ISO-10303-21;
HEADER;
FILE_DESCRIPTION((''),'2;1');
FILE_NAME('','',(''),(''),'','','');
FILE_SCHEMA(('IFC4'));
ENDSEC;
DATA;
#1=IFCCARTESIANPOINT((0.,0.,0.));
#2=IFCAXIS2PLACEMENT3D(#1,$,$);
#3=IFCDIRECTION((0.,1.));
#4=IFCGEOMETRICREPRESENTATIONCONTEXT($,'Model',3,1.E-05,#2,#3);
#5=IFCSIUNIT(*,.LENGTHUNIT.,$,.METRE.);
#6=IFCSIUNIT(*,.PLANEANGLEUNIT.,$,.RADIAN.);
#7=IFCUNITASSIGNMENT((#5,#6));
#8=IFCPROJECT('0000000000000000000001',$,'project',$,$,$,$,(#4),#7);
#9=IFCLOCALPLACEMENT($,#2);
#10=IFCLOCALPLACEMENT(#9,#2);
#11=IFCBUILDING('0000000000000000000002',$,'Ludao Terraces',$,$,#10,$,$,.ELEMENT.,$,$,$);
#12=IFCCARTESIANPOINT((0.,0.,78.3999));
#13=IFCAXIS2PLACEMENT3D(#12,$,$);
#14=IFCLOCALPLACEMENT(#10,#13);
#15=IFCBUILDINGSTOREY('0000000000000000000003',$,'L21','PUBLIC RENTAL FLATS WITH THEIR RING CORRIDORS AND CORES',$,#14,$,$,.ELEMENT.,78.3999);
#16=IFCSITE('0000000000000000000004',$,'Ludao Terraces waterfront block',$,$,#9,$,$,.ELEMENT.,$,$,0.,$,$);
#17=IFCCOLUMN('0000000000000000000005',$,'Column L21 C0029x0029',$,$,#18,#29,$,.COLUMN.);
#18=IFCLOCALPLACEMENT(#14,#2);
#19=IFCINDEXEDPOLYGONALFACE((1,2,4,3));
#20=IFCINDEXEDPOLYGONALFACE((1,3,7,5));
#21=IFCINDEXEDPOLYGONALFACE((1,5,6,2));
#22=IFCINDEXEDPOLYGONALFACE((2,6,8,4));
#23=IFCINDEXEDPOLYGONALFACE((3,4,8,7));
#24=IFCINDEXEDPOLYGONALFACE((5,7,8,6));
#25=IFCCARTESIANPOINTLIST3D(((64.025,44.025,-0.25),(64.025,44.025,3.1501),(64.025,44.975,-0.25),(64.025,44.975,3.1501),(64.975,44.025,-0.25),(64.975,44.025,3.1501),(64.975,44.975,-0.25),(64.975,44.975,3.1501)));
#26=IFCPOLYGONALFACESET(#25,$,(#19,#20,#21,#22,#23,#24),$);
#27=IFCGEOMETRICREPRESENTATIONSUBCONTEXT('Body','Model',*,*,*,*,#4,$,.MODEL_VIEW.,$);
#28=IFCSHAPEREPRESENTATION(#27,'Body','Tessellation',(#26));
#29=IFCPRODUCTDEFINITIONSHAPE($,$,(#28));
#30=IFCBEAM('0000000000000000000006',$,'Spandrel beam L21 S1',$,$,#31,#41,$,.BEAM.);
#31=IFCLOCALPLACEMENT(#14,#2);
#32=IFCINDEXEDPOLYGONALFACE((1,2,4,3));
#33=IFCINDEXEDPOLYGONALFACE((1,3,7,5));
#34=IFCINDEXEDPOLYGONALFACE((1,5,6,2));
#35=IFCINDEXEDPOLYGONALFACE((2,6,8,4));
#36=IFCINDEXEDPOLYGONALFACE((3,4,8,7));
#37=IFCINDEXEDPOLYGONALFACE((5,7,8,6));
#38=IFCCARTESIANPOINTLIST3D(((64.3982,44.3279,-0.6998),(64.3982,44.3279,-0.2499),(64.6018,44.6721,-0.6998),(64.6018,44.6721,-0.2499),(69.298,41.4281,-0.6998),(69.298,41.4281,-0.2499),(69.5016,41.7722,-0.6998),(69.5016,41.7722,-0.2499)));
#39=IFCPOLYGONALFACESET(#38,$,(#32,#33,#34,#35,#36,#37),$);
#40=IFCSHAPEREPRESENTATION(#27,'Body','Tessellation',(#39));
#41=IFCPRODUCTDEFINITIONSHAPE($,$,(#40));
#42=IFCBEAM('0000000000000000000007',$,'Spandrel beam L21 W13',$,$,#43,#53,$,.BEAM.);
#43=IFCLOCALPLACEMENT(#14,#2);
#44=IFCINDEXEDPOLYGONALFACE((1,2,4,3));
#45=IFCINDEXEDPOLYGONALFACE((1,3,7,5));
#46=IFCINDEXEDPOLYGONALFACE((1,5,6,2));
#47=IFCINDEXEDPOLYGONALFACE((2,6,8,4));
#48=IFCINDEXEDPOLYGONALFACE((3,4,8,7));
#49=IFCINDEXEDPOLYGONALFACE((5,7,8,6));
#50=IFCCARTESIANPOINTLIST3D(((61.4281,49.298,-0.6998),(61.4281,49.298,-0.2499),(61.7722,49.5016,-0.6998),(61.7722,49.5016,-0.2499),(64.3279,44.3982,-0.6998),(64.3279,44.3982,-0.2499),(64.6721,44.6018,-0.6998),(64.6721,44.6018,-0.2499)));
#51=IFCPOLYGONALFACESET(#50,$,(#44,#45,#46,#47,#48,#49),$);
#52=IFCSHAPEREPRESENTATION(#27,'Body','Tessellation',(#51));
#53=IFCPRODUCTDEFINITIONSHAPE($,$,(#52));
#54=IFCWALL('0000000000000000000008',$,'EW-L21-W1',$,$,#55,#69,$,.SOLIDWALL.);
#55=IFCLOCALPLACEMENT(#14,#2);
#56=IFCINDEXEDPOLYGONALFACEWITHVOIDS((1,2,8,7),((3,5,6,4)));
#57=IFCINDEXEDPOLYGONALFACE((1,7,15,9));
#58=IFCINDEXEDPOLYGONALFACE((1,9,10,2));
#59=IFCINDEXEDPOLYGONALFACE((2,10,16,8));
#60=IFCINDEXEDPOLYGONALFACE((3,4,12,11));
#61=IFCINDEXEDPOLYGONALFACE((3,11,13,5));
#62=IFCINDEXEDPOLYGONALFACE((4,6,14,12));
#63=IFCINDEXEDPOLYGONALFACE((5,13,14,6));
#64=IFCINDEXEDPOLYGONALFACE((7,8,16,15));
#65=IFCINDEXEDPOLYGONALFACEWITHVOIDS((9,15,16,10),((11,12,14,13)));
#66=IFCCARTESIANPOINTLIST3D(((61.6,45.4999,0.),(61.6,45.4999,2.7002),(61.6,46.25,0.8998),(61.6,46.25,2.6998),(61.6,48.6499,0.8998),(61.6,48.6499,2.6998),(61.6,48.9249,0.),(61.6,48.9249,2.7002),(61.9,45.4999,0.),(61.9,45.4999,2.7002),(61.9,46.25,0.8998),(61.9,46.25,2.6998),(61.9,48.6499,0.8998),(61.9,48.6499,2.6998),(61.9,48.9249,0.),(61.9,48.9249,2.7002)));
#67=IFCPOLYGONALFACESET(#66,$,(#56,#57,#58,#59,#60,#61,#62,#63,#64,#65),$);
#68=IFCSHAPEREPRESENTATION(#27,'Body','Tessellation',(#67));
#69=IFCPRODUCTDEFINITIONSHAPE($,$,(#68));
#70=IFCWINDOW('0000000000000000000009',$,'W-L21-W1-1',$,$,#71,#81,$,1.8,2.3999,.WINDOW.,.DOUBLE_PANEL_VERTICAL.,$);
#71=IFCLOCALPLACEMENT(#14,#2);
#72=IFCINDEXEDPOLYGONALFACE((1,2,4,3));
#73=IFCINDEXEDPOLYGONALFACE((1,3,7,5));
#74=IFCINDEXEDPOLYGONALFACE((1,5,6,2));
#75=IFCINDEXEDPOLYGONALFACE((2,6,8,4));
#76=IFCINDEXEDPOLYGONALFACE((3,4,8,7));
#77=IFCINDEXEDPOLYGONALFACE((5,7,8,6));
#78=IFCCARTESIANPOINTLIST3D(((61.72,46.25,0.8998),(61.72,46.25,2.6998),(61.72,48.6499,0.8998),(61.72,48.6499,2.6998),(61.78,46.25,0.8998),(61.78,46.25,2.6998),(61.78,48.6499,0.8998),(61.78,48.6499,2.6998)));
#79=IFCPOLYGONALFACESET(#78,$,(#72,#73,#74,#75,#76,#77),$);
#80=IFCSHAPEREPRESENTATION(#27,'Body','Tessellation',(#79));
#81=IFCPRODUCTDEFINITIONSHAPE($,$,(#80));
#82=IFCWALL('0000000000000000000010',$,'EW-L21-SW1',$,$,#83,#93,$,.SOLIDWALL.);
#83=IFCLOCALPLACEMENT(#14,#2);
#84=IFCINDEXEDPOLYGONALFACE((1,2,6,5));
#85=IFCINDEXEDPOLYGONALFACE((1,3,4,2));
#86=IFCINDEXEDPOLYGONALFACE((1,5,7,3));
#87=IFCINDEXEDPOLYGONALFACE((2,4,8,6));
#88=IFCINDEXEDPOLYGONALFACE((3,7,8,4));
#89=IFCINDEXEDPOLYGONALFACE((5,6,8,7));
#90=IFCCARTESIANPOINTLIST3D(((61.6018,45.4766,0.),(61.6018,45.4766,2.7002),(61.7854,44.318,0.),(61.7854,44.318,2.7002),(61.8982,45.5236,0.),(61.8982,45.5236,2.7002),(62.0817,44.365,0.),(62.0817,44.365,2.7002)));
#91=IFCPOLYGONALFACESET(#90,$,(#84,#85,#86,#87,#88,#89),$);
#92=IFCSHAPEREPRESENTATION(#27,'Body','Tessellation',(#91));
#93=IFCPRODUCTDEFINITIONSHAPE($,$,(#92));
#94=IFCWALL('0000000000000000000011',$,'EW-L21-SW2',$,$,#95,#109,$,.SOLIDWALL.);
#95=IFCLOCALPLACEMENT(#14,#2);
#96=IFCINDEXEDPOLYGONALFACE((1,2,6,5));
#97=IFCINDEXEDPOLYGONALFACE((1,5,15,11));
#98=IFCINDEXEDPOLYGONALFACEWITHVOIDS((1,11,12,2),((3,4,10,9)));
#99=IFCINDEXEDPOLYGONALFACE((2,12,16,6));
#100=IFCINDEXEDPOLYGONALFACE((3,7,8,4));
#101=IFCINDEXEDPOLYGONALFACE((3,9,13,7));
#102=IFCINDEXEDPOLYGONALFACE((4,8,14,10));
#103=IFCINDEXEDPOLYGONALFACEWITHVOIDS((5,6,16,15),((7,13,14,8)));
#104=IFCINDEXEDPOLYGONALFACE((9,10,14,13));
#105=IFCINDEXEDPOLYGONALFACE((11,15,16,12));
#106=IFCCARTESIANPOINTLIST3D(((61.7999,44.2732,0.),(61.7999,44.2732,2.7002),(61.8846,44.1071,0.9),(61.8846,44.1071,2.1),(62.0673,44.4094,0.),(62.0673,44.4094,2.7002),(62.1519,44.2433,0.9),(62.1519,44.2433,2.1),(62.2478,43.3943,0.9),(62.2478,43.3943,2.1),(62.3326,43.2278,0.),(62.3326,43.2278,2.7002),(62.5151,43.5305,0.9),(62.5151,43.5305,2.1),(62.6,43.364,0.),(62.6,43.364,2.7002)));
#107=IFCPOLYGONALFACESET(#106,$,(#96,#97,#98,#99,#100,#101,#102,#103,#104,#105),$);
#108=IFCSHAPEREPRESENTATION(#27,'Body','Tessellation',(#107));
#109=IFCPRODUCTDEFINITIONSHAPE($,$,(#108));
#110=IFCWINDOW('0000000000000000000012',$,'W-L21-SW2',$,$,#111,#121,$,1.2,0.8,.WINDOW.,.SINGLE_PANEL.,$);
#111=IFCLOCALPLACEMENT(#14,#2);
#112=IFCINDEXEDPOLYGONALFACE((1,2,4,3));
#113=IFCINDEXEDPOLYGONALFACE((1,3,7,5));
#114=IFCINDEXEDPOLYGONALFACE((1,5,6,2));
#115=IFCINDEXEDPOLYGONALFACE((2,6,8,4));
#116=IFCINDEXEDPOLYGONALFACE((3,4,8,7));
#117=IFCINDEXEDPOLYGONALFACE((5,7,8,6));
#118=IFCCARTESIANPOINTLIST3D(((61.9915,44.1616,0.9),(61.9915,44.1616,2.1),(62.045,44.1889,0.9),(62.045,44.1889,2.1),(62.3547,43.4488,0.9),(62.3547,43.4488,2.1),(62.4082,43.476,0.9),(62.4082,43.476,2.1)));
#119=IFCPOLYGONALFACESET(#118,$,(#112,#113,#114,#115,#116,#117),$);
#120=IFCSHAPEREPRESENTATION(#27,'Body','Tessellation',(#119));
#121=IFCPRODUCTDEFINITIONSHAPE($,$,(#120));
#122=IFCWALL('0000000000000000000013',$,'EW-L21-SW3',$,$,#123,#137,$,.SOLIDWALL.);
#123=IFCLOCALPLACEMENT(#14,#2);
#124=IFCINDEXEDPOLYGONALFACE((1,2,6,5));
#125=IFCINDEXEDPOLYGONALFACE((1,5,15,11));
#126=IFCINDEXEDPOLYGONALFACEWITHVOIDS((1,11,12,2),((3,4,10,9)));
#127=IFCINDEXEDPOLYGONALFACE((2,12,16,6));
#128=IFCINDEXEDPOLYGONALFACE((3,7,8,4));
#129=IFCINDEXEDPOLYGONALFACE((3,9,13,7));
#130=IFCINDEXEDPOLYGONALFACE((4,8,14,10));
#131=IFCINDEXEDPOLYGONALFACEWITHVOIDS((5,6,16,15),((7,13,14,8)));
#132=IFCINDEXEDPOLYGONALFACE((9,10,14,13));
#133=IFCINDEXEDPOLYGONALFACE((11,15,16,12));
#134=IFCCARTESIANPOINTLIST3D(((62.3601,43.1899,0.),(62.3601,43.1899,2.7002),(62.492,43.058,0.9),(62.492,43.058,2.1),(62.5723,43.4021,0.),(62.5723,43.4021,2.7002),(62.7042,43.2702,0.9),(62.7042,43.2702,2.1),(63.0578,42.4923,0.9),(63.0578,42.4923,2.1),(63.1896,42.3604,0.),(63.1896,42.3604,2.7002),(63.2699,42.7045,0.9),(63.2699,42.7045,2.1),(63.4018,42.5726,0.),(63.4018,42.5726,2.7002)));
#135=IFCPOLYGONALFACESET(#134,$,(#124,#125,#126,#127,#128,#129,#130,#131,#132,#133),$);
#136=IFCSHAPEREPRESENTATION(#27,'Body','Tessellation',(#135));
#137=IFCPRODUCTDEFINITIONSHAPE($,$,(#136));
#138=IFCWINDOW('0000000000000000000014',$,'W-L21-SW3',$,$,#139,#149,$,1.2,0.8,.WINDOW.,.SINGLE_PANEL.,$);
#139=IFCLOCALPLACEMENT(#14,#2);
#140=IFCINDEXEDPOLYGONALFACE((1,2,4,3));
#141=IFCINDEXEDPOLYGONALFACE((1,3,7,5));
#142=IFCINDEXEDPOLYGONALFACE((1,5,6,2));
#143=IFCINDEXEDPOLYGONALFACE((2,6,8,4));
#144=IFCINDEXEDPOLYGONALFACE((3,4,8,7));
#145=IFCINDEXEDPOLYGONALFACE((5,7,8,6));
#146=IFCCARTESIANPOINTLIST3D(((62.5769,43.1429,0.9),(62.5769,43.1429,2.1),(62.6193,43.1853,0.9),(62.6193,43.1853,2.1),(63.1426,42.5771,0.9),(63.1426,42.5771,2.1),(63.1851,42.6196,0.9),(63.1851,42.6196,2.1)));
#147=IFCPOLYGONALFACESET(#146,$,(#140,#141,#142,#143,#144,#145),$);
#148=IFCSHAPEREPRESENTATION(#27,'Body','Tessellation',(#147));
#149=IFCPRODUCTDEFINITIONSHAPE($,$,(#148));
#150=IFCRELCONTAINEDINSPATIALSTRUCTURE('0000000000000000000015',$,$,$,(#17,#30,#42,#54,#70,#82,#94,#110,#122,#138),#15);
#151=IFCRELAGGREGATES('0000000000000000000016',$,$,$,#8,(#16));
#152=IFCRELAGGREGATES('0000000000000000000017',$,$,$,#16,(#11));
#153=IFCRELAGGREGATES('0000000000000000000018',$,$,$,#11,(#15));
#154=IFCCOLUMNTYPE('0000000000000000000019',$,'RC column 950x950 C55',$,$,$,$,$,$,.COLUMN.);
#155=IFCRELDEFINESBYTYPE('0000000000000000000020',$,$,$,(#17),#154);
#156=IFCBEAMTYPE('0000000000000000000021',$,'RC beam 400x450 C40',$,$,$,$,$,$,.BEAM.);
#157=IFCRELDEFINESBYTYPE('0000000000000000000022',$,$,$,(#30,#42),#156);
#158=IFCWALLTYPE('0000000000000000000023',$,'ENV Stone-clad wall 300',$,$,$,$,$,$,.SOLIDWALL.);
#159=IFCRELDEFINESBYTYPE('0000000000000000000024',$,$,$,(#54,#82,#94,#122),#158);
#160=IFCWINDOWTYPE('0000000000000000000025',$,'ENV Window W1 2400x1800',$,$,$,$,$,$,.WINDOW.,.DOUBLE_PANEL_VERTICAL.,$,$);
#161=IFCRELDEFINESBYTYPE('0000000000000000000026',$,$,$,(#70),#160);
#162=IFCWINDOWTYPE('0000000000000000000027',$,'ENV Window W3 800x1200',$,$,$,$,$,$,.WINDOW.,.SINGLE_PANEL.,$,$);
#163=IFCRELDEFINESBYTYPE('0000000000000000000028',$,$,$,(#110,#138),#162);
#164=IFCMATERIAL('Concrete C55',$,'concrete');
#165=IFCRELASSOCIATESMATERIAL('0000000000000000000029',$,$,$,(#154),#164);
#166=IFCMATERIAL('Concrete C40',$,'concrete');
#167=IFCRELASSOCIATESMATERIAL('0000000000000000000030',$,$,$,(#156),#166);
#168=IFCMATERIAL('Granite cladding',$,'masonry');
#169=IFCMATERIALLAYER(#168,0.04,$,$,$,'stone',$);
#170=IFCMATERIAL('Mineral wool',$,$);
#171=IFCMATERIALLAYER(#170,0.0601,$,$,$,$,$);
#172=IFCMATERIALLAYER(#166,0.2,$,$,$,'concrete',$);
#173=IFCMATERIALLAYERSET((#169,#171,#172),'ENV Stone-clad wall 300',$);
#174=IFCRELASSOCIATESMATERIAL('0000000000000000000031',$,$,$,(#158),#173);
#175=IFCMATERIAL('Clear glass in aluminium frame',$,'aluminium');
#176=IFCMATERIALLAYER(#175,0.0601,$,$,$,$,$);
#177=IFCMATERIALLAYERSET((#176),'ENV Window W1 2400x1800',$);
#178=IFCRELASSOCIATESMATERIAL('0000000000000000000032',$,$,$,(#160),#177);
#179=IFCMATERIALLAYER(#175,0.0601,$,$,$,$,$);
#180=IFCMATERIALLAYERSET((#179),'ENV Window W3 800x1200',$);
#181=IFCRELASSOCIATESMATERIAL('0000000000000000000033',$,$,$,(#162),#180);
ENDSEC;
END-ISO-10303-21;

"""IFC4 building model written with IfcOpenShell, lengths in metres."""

from ifc_helpers import new_model, si_unit, direction, frame, frame_2d, origin, origin_2d, place, context, subcontext, project, spatial, rectangle, extrude, material, layer, layer_set, material_profile, profile_set, type_object, element, fill, save


model = new_model("IFC4")

# Units and contexts
model_context = context("Model", 3, precision=1e-05, world=origin(), true_north=direction((0.0, 1.0)))
body_context = subcontext(model_context, "Body", "Model", "MODEL_VIEW")
ifc_project = project(units=[si_unit("LENGTHUNIT", "METRE"), si_unit("PLANEANGLEUNIT", "RADIAN")], contexts=[model_context])

# Site, building, storey
site_placement = place(None, origin())
site = spatial("IfcSite", under=ifc_project, at=site_placement, Name="Ludao Terraces waterfront block", CompositionType="ELEMENT", RefElevation=0.0)
building_placement = place(site_placement, origin())
building = spatial("IfcBuilding", under=site, at=building_placement, Name="Ludao Terraces", CompositionType="ELEMENT")
storey_placement = place(building_placement, frame((0.0, 0.0, 78.3999)))
storey = spatial("IfcBuildingStorey", under=building, at=storey_placement, Name="L21", Description="PUBLIC RENTAL FLATS WITH THEIR RING CORRIDORS AND CORES", CompositionType="ELEMENT", Elevation=78.3999)

# Column
ifc_material_1 = material(Name="Concrete C55", Category="concrete")
ifc_material_profile_1 = material_profile(ifc_material_1, rectangle(XDim=0.95, YDim=0.95, at=origin_2d()), Name="950 X 950")
ifc_profile_set_1 = profile_set([ifc_material_profile_1], Name="Concrete C55")
column_type = type_object("IfcColumnType", Name="RC column 950x950 C55", PredefinedType="COLUMN", material=ifc_profile_set_1)
column_placement = place(storey_placement, frame((64.5, 44.5, -0.25), z_axis=(0.0, 0.0, 1.0), x_axis=(1.0, 0.0, 0.0)))
element("IfcColumn", 1, at=column_placement, inside=storey, type_object=column_type, Name="Column L21 C0029x0029", PredefinedType="COLUMN", context=body_context, shape_type="SweptSolid", body=[
    extrude(rectangle(XDim=0.95, YDim=0.95, at=origin_2d()), origin(), (0.0, 0.0, 1.0), 3.4001),
])

# Beams
ifc_material_2 = material(Name="Concrete C40", Category="concrete")
ifc_material_profile_2 = material_profile(ifc_material_2, rectangle(XDim=0.3999, YDim=0.45, at=origin_2d()), Name="400 X 450")
ifc_profile_set_2 = profile_set([ifc_material_profile_2], Name="Concrete C40")
beam_type = type_object("IfcBeamType", Name="RC beam 400x450 C40", PredefinedType="BEAM", material=ifc_profile_set_2)
for number, where, z_axis, x_axis, name in (
    (2, (64.5, 44.5, -0.4749), (0.86058, -0.509316, 0.0), (0.509316, 0.86058, 0.0), "Spandrel beam L21 S1"),
    (3, (64.5, 44.5, -0.4749), (-0.509316, 0.86058, 0.0), (-0.86058, -0.509316, 0.0), "Spandrel beam L21 W13"),
):
    element("IfcBeam", number, at=place(storey_placement, frame(where, z_axis=z_axis, x_axis=x_axis)), inside=storey, type_object=beam_type, Name=name, PredefinedType="BEAM", context=body_context, shape_type="SweptSolid", body=[
        extrude(rectangle(XDim=0.3999, YDim=0.45, at=origin_2d()), origin(), (0.0, 0.0, 1.0), 5.6936),
    ])

# Wall, opening, window
ifc_material_3 = material(Name="Granite cladding", Category="masonry")
ifc_layer_1 = layer(ifc_material_3, 0.04, Category="stone")
ifc_material_4 = material(Name="Mineral wool")
ifc_layer_2 = layer(ifc_material_4, 0.0601)
ifc_layer_3 = layer(ifc_material_2, 0.2, Category="concrete")
ifc_layer_set_1 = layer_set([ifc_layer_1, ifc_layer_2, ifc_layer_3], Name="ENV Stone-clad wall 300")
wall_type = type_object("IfcWallType", Name="ENV Stone-clad wall 300", PredefinedType="SOLIDWALL", material=ifc_layer_set_1)
wall_1_placement = place(storey_placement, frame((61.75, 45.5, 0.0), z_axis=(0.0, 0.0, 1.0), x_axis=(0.0, 1.0, 0.0)))
wall_1 = element("IfcWall", 4, at=wall_1_placement, inside=storey, type_object=wall_type, Name="EW-L21-W1", PredefinedType="SOLIDWALL", context=body_context, shape_type="SweptSolid", body=[
    extrude(rectangle(XDim=3.425, YDim=0.3, at=frame_2d((1.7124, 0.0))), origin(), (0.0, 0.0, 1.0), 2.7002),
])
opening_1_placement = place(wall_1_placement, frame((0.75, 0.0, 0.8999)))
opening_1 = element("IfcOpeningElement", 5, at=opening_1_placement, cuts=wall_1, PredefinedType="OPENING", context=body_context, shape_type="SweptSolid", body=[
    extrude(rectangle(XDim=2.3999, YDim=1.8, at=frame_2d((1.2, 0.8999))), frame((0.0, 0.1602, 0.0), z_axis=(0.0, -1.0, 0.0), x_axis=(1.0, 0.0, 0.0)), (0.0, 0.0, 1.0), 0.3201),
])
ifc_material_5 = material(Name="Clear glass in aluminium frame", Category="aluminium")
ifc_layer_4 = layer(ifc_material_5, 0.0601)
ifc_layer_set_2 = layer_set([ifc_layer_4], Name="ENV Window W1 2400x1800")
window_type_1 = type_object("IfcWindowType", Name="ENV Window W1 2400x1800", PartitioningType="DOUBLE_PANEL_VERTICAL", PredefinedType="WINDOW", material=ifc_layer_set_2)
window_1_placement = place(opening_1_placement, origin())
window_1 = element("IfcWindow", 6, at=window_1_placement, inside=storey, type_object=window_type_1, Name="W-L21-W1-1", OverallHeight=1.8, OverallWidth=2.3999, PartitioningType="DOUBLE_PANEL_VERTICAL", PredefinedType="WINDOW", context=body_context, shape_type="SweptSolid", body=[
    extrude(rectangle(XDim=2.3999, YDim=1.8, at=frame_2d((1.2, 0.8999))), frame((0.0, 0.03, 0.0), z_axis=(0.0, -1.0, 0.0), x_axis=(1.0, 0.0, 0.0)), (0.0, 0.0, 1.0), 0.0601),
])
fill(opening_1, window_1)

# Wall
wall_2_placement = place(storey_placement, frame((61.75, 45.5, 0.0), z_axis=(0.0, 0.0, 1.0), x_axis=(0.156497, -0.987678, 0.0)))
element("IfcWall", 7, at=wall_2_placement, inside=storey, type_object=wall_type, Name="EW-L21-SW1", PredefinedType="SOLIDWALL", context=body_context, shape_type="SweptSolid", body=[
    extrude(rectangle(XDim=1.1731, YDim=0.3, at=frame_2d((0.5864, 0.0))), origin(), (0.0, 0.0, 1.0), 2.7002),
])

# Walls, openings, windows
wall_3_placement = place(storey_placement, frame((61.9336, 44.3413, 0.0), z_axis=(0.0, 0.0, 1.0), x_axis=(0.454026, -0.890989, 0.0)))
wall_3 = element("IfcWall", 8, at=wall_3_placement, inside=storey, type_object=wall_type, Name="EW-L21-SW2", PredefinedType="SOLIDWALL", context=body_context, shape_type="SweptSolid", body=[
    extrude(rectangle(XDim=1.1733, YDim=0.3, at=frame_2d((0.5867, 0.0))), origin(), (0.0, 0.0, 1.0), 2.7002),
])
opening_2_placement = place(wall_3_placement, frame((0.1865, 0.0, 0.8999)))
opening_2 = element("IfcOpeningElement", 9, at=opening_2_placement, cuts=wall_3, PredefinedType="OPENING", context=body_context, shape_type="SweptSolid", body=[
    extrude(rectangle(XDim=0.8, YDim=1.2, at=frame_2d((0.3999, 0.6001))), frame((0.0, 0.1602, 0.0), z_axis=(0.0, -1.0, 0.0), x_axis=(1.0, 0.0, 0.0)), (0.0, 0.0, 1.0), 0.3201),
])
ifc_layer_5 = layer(ifc_material_5, 0.0601)
ifc_layer_set_3 = layer_set([ifc_layer_5], Name="ENV Window W3 800x1200")
window_type_2 = type_object("IfcWindowType", Name="ENV Window W3 800x1200", PartitioningType="SINGLE_PANEL", PredefinedType="WINDOW", material=ifc_layer_set_3)
window_2_placement = place(opening_2_placement, origin())
window_2 = element("IfcWindow", 10, at=window_2_placement, inside=storey, type_object=window_type_2, Name="W-L21-SW2", OverallHeight=1.2, OverallWidth=0.8, PartitioningType="SINGLE_PANEL", PredefinedType="WINDOW", context=body_context, shape_type="SweptSolid", body=[
    extrude(rectangle(XDim=0.8, YDim=1.2, at=frame_2d((0.3999, 0.6001))), frame((0.0, 0.03, 0.0), z_axis=(0.0, -1.0, 0.0), x_axis=(1.0, 0.0, 0.0)), (0.0, 0.0, 1.0), 0.0601),
])
fill(opening_2, window_2)
wall_4_placement = place(storey_placement, frame((62.4663, 43.2959, 0.0), z_axis=(0.0, 0.0, 1.0), x_axis=(0.707107, -0.707107, 0.0)))
wall_4 = element("IfcWall", 11, at=wall_4_placement, inside=storey, type_object=wall_type, Name="EW-L21-SW3", PredefinedType="SOLIDWALL", context=body_context, shape_type="SweptSolid", body=[
    extrude(rectangle(XDim=1.1731, YDim=0.3, at=frame_2d((0.5864, 0.0))), origin(), (0.0, 0.0, 1.0), 2.7002),
])
opening_3_placement = place(wall_4_placement, frame((0.1865, 0.0, 0.8999)))
opening_3 = element("IfcOpeningElement", 12, at=opening_3_placement, cuts=wall_4, PredefinedType="OPENING", context=body_context, shape_type="SweptSolid", body=[
    extrude(rectangle(XDim=0.8, YDim=1.2, at=frame_2d((0.3999, 0.6001))), frame((0.0, 0.1602, 0.0), z_axis=(0.0, -1.0, 0.0), x_axis=(1.0, 0.0, 0.0)), (0.0, 0.0, 1.0), 0.3201),
])
window_3_placement = place(opening_3_placement, origin())
window_3 = element("IfcWindow", 13, at=window_3_placement, inside=storey, type_object=window_type_2, Name="W-L21-SW3", OverallHeight=1.2, OverallWidth=0.8, PartitioningType="SINGLE_PANEL", PredefinedType="WINDOW", context=body_context, shape_type="SweptSolid", body=[
    extrude(rectangle(XDim=0.8, YDim=1.2, at=frame_2d((0.3999, 0.6001))), frame((0.0, 0.03, 0.0), z_axis=(0.0, -1.0, 0.0), x_axis=(1.0, 0.0, 0.0)), (0.0, 0.0, 1.0), 0.0601),
])
fill(opening_3, window_3)

save(model, "model.ifc")
